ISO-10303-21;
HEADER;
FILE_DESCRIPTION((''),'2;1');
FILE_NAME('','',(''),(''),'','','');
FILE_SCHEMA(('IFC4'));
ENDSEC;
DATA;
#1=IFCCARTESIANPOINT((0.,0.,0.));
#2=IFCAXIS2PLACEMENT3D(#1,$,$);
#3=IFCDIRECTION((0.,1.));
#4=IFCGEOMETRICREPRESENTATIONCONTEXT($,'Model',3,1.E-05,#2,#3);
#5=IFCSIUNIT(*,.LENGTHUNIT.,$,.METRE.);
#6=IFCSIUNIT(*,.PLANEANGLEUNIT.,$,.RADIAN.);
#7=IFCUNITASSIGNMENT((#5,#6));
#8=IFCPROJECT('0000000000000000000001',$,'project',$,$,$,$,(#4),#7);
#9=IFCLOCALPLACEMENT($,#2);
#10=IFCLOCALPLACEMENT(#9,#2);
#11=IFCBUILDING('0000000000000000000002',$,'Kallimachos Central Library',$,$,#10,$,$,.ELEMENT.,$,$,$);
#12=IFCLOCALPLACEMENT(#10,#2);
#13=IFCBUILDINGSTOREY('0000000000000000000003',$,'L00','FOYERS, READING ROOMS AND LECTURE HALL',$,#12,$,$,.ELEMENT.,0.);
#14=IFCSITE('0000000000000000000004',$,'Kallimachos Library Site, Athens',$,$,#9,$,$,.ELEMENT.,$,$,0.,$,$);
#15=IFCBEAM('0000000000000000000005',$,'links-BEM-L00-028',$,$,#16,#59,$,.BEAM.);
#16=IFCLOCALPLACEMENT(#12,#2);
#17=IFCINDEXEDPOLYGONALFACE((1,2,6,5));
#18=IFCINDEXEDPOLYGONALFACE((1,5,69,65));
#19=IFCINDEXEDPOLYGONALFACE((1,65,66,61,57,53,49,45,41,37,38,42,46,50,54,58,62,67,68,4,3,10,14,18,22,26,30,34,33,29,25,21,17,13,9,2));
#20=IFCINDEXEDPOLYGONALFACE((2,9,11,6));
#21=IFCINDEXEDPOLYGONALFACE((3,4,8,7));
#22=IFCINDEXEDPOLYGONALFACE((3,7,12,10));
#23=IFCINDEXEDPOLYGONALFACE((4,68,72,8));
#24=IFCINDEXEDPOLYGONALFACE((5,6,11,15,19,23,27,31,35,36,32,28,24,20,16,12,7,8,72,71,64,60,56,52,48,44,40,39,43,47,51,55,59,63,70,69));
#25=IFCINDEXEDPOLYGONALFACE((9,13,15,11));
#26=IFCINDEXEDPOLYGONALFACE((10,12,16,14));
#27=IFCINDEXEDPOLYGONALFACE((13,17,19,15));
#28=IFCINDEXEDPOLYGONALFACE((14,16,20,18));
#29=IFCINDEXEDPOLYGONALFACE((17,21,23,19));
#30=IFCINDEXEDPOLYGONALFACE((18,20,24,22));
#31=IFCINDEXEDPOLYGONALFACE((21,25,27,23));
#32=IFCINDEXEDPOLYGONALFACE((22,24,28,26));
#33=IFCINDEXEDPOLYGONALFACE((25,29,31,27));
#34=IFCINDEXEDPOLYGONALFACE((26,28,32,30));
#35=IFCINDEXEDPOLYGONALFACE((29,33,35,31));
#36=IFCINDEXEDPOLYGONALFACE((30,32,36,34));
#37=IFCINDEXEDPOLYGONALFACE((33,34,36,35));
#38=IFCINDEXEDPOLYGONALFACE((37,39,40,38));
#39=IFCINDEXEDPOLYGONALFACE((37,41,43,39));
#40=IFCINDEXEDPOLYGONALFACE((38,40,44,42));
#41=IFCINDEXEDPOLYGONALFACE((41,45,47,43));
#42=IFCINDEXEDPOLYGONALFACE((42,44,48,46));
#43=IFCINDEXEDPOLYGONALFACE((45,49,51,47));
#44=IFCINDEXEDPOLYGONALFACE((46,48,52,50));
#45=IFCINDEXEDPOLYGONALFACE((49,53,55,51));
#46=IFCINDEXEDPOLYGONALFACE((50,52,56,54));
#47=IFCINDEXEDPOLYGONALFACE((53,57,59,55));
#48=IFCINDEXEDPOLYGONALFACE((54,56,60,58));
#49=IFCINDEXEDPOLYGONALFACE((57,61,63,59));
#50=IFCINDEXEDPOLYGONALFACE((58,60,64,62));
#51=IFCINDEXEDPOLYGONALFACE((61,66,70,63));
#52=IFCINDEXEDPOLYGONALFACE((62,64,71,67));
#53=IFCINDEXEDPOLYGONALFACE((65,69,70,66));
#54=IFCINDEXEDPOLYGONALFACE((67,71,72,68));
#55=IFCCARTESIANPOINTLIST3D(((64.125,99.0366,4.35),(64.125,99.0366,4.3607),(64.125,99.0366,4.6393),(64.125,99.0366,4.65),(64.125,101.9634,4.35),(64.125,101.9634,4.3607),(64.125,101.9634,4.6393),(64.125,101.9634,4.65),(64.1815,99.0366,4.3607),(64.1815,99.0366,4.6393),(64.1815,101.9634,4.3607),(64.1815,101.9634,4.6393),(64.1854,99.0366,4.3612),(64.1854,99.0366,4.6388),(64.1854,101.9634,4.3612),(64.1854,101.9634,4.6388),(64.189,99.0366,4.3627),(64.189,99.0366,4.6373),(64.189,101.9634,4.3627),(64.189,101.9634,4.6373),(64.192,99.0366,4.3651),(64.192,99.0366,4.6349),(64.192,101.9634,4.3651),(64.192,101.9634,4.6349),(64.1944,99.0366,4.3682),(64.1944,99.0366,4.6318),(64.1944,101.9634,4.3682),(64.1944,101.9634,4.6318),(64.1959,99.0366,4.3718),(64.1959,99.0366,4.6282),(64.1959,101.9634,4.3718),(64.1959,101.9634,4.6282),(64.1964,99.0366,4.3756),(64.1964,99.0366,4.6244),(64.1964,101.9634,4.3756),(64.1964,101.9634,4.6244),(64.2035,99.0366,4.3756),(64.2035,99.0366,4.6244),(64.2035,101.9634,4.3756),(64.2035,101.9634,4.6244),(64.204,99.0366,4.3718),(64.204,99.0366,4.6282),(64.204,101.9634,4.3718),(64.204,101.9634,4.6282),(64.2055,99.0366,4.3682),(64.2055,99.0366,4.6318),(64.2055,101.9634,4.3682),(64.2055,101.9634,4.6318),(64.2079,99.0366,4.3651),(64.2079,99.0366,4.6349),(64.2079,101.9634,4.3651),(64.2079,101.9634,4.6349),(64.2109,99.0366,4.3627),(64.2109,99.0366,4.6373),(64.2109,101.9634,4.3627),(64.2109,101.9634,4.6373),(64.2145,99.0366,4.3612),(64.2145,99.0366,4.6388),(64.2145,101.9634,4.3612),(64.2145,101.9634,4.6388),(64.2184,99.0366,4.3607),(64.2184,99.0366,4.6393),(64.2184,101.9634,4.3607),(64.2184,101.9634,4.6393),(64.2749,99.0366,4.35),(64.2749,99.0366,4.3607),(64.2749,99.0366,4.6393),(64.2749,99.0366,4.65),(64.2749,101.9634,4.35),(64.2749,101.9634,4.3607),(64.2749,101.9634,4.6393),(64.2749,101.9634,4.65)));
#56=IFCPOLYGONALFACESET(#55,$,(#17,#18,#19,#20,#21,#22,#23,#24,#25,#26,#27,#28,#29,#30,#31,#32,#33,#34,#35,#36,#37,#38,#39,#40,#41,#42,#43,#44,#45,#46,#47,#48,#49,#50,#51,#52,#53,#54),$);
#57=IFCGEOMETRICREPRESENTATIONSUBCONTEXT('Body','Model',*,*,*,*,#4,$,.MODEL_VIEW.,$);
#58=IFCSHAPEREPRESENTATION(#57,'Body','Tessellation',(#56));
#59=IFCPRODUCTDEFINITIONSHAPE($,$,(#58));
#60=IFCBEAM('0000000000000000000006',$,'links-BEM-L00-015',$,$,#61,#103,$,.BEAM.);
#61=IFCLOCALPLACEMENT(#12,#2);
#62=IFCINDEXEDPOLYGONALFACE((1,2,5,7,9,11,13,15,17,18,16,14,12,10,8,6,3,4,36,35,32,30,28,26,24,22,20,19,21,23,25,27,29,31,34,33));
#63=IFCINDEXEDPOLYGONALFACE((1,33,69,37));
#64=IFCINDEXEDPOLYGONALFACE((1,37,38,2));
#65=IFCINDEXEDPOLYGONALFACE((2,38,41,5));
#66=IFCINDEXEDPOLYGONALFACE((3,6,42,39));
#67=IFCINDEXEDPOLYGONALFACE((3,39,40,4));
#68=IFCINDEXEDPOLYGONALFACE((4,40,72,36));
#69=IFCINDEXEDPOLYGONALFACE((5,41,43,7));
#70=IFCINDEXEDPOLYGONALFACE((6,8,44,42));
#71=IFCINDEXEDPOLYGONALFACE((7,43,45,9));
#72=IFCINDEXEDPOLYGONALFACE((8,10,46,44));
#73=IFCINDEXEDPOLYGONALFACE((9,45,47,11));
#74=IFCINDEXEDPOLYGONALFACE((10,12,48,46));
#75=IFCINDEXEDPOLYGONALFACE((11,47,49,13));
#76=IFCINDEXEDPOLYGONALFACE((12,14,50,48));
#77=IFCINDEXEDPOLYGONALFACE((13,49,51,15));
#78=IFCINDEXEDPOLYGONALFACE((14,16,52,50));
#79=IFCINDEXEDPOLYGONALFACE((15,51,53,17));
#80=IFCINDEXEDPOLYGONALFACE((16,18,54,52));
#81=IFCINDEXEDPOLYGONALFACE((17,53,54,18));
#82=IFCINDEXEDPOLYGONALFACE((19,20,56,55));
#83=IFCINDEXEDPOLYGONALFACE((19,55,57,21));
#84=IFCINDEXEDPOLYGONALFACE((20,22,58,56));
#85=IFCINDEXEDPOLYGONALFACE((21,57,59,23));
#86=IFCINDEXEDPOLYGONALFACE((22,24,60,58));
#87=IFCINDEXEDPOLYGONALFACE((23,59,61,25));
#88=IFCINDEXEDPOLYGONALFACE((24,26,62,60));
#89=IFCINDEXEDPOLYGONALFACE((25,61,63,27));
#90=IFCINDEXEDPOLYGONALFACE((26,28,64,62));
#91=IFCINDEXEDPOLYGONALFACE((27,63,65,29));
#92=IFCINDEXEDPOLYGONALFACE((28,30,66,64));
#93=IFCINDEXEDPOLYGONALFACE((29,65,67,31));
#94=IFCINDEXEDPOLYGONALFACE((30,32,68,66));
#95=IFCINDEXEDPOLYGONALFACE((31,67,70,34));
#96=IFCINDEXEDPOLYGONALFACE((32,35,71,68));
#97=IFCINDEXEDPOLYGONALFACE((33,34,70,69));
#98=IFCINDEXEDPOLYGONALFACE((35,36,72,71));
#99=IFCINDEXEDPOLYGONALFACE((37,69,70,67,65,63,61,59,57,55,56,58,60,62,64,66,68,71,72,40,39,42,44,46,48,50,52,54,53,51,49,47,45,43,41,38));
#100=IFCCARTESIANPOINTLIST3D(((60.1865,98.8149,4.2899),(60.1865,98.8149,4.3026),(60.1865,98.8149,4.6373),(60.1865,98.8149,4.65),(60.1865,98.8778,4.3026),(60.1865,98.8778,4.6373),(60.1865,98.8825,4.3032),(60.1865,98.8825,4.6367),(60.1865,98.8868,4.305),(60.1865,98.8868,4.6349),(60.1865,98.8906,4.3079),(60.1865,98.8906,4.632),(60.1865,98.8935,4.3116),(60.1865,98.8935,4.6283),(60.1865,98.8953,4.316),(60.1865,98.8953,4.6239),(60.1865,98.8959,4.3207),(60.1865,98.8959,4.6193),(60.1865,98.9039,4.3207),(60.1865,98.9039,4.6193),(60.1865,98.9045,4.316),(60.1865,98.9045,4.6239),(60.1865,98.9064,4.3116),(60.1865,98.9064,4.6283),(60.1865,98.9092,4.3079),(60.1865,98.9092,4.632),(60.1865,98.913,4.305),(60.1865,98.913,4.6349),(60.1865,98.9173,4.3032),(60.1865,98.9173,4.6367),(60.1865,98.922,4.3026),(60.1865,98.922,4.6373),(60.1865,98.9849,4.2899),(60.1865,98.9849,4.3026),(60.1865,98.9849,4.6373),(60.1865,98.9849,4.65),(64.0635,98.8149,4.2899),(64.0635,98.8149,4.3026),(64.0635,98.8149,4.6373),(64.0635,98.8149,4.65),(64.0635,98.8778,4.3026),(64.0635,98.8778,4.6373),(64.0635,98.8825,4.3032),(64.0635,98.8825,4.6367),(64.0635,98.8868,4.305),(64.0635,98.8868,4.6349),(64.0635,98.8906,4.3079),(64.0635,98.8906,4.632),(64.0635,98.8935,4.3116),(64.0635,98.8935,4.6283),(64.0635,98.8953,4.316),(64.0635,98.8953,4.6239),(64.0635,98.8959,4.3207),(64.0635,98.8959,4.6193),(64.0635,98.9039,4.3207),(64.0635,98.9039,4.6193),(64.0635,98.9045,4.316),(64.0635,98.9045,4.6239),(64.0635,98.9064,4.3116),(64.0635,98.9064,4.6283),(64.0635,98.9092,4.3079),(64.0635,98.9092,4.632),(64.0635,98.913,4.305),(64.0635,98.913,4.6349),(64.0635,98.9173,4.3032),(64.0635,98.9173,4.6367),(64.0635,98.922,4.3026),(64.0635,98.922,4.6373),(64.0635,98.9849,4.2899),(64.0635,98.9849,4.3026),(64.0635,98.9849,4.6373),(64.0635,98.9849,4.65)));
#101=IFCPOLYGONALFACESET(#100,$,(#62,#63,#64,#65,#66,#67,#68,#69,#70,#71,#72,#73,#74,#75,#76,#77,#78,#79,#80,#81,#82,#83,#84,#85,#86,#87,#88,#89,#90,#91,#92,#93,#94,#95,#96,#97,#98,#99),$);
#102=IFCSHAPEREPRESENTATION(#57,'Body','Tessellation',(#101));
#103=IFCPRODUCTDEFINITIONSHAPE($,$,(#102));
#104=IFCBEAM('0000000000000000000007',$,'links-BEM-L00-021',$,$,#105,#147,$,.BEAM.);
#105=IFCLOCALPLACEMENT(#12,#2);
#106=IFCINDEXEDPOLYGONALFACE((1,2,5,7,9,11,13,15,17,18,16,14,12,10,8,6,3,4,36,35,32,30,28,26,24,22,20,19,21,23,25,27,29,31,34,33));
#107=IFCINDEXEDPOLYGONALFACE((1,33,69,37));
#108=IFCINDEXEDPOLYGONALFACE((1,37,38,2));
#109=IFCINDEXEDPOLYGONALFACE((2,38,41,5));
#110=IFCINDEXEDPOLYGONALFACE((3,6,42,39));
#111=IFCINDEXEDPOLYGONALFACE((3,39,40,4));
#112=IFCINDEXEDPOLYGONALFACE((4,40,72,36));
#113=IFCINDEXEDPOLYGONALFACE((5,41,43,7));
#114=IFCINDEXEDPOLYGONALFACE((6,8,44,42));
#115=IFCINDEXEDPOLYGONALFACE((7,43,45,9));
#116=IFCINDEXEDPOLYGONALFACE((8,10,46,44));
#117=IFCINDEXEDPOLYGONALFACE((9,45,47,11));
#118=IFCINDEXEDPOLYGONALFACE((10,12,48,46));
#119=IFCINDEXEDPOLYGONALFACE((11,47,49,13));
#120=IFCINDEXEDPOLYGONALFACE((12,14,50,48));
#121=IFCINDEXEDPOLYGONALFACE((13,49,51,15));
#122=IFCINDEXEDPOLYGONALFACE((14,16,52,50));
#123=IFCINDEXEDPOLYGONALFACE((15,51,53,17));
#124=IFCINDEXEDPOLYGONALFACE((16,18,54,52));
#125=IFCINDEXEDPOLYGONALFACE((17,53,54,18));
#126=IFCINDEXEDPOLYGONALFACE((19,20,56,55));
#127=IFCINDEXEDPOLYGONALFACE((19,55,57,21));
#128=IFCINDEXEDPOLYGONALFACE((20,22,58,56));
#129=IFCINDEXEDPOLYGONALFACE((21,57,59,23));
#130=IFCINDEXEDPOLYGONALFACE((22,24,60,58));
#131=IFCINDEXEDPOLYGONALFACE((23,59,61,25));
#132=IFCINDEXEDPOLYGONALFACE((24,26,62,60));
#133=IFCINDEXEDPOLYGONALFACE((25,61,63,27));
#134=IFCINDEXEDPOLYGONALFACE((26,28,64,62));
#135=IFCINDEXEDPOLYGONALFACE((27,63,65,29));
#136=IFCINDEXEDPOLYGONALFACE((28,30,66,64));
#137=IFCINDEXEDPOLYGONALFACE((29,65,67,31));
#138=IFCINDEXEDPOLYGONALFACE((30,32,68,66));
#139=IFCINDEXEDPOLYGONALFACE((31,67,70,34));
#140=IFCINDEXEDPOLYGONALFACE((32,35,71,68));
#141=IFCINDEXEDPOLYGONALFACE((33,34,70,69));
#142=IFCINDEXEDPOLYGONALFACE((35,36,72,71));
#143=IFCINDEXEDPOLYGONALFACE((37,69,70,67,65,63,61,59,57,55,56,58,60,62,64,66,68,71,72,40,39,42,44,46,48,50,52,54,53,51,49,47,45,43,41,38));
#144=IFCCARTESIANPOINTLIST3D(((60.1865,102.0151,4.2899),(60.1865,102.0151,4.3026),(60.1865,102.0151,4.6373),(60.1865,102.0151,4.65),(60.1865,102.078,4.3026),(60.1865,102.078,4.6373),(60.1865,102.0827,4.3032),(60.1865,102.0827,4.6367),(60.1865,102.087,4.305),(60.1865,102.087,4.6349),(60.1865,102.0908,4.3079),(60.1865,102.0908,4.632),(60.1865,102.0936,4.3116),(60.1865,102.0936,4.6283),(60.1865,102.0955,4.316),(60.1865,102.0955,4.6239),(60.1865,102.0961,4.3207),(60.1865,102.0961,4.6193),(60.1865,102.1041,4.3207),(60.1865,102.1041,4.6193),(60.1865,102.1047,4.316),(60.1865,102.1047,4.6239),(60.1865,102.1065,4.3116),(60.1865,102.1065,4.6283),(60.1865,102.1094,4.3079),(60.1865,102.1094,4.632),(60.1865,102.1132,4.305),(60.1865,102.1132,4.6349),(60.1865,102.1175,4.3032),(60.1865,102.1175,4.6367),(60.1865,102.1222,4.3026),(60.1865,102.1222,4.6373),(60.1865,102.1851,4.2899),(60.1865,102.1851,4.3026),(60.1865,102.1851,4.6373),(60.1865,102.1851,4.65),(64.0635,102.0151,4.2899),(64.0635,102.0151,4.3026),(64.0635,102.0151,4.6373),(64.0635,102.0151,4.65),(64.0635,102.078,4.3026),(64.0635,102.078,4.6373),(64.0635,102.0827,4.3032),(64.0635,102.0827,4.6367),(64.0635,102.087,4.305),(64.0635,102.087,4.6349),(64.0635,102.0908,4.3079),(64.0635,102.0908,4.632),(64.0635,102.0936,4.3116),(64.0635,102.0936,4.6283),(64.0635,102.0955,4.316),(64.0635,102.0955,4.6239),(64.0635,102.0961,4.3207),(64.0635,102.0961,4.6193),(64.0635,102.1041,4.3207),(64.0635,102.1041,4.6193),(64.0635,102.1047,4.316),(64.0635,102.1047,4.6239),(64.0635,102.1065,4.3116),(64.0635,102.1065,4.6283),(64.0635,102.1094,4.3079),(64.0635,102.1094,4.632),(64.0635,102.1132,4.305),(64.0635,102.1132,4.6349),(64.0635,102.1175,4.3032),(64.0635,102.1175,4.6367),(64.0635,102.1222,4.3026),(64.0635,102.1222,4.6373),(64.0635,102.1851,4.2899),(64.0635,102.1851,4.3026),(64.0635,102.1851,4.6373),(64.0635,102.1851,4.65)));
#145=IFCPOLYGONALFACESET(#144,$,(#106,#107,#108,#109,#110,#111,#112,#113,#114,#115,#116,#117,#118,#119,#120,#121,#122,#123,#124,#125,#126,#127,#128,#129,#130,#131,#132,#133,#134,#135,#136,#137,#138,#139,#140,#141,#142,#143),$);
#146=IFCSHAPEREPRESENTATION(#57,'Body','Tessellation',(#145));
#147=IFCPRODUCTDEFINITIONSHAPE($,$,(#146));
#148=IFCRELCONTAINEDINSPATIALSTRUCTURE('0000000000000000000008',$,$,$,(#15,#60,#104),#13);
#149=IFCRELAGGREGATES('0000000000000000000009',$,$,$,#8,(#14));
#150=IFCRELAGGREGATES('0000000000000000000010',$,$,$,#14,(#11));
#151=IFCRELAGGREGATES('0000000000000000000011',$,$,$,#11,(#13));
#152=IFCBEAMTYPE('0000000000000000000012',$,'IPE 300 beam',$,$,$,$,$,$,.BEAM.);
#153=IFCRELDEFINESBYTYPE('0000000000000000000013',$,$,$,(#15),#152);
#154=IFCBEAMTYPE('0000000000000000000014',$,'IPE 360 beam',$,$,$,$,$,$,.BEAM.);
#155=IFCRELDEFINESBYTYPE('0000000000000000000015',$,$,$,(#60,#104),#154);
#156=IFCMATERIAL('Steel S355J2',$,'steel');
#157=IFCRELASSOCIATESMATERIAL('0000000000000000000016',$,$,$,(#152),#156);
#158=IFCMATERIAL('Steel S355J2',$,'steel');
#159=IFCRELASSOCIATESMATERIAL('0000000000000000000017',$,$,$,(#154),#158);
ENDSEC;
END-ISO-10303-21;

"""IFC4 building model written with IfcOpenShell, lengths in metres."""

from ifc_helpers import new_model, si_unit, direction, frame, origin, origin_2d, place, context, subcontext, project, spatial, i_section, extrude, material, material_profile, profile_set, type_object, element, save


model = new_model("IFC4")

# Units and contexts
model_context = context("Model", 3, precision=1e-05, world=origin(), true_north=direction((0.0, 1.0)))
body_context = subcontext(model_context, "Body", "Model", "MODEL_VIEW")
ifc_project = project(units=[si_unit("LENGTHUNIT", "METRE"), si_unit("PLANEANGLEUNIT", "RADIAN")], contexts=[model_context])

# Site, building, storey
site_placement = place(None, origin())
site = spatial("IfcSite", under=ifc_project, at=site_placement, Name="Kallimachos Library Site, Athens", CompositionType="ELEMENT", RefElevation=0.0)
building_placement = place(site_placement, origin())
building = spatial("IfcBuilding", under=site, at=building_placement, Name="Kallimachos Central Library", CompositionType="ELEMENT")
storey_placement = place(building_placement, origin())
storey = spatial("IfcBuildingStorey", under=building, at=storey_placement, Name="L00", Description="FOYERS, READING ROOMS AND LECTURE HALL", CompositionType="ELEMENT", Elevation=0.0)

# Beams
ifc_material_1 = material(Name="Steel S355J2", Category="steel")
ifc_material_profile_1 = material_profile(ifc_material_1, i_section(OverallWidth=0.1499, OverallDepth=0.3, WebThickness=0.0071, FlangeThickness=0.0107, FilletRadius=0.0149, at=origin_2d()), Name="IPE 300")
ifc_profile_set_1 = profile_set([ifc_material_profile_1], Name="Steel S355J2")
beam_type_1 = type_object("IfcBeamType", Name="IPE 300 beam", PredefinedType="BEAM", material=ifc_profile_set_1)
for number, where, z_axis, x_axis, name in (
    (1, (64.2, 99.0366, 4.5), (0.0, 1.0, 0.0), (-1.0, 0.0, 0.0), "links-BEM-L00-028"),
):
    element("IfcBeam", number, at=place(storey_placement, frame(where, z_axis=z_axis, x_axis=x_axis)), inside=storey, type_object=beam_type_1, Name=name, PredefinedType="BEAM", context=body_context, shape_type="SweptSolid", body=[
        extrude(i_section(OverallWidth=0.1499, OverallDepth=0.3, WebThickness=0.0071, FlangeThickness=0.0107, FilletRadius=0.0149, at=origin_2d()), origin(), (0.0, 0.0, 1.0), 2.9268),
    ])
ifc_material_2 = material(Name="Steel S355J2", Category="steel")
ifc_material_profile_2 = material_profile(ifc_material_2, i_section(OverallWidth=0.1699, OverallDepth=0.3601, WebThickness=0.0081, FlangeThickness=0.0127, FilletRadius=0.0181, at=origin_2d()), Name="IPE 360")
ifc_profile_set_2 = profile_set([ifc_material_profile_2], Name="Steel S355J2")
beam_type_2 = type_object("IfcBeamType", Name="IPE 360 beam", PredefinedType="BEAM", material=ifc_profile_set_2)
for number, where, z_axis, x_axis, name in (
    (2, (60.1865, 98.8999, 4.47), (1.0, 0.0, 0.0), (0.0, 1.0, 0.0), "links-BEM-L00-015"),
    (3, (60.1865, 102.1001, 4.47), (1.0, 0.0, 0.0), (0.0, 1.0, 0.0), "links-BEM-L00-021"),
):
    element("IfcBeam", number, at=place(storey_placement, frame(where, z_axis=z_axis, x_axis=x_axis)), inside=storey, type_object=beam_type_2, Name=name, PredefinedType="BEAM", context=body_context, shape_type="SweptSolid", body=[
        extrude(i_section(OverallWidth=0.1699, OverallDepth=0.3601, WebThickness=0.0081, FlangeThickness=0.0127, FilletRadius=0.0181, at=origin_2d()), origin(), (0.0, 0.0, 1.0), 3.877),
    ])

save(model, "model.ifc")
